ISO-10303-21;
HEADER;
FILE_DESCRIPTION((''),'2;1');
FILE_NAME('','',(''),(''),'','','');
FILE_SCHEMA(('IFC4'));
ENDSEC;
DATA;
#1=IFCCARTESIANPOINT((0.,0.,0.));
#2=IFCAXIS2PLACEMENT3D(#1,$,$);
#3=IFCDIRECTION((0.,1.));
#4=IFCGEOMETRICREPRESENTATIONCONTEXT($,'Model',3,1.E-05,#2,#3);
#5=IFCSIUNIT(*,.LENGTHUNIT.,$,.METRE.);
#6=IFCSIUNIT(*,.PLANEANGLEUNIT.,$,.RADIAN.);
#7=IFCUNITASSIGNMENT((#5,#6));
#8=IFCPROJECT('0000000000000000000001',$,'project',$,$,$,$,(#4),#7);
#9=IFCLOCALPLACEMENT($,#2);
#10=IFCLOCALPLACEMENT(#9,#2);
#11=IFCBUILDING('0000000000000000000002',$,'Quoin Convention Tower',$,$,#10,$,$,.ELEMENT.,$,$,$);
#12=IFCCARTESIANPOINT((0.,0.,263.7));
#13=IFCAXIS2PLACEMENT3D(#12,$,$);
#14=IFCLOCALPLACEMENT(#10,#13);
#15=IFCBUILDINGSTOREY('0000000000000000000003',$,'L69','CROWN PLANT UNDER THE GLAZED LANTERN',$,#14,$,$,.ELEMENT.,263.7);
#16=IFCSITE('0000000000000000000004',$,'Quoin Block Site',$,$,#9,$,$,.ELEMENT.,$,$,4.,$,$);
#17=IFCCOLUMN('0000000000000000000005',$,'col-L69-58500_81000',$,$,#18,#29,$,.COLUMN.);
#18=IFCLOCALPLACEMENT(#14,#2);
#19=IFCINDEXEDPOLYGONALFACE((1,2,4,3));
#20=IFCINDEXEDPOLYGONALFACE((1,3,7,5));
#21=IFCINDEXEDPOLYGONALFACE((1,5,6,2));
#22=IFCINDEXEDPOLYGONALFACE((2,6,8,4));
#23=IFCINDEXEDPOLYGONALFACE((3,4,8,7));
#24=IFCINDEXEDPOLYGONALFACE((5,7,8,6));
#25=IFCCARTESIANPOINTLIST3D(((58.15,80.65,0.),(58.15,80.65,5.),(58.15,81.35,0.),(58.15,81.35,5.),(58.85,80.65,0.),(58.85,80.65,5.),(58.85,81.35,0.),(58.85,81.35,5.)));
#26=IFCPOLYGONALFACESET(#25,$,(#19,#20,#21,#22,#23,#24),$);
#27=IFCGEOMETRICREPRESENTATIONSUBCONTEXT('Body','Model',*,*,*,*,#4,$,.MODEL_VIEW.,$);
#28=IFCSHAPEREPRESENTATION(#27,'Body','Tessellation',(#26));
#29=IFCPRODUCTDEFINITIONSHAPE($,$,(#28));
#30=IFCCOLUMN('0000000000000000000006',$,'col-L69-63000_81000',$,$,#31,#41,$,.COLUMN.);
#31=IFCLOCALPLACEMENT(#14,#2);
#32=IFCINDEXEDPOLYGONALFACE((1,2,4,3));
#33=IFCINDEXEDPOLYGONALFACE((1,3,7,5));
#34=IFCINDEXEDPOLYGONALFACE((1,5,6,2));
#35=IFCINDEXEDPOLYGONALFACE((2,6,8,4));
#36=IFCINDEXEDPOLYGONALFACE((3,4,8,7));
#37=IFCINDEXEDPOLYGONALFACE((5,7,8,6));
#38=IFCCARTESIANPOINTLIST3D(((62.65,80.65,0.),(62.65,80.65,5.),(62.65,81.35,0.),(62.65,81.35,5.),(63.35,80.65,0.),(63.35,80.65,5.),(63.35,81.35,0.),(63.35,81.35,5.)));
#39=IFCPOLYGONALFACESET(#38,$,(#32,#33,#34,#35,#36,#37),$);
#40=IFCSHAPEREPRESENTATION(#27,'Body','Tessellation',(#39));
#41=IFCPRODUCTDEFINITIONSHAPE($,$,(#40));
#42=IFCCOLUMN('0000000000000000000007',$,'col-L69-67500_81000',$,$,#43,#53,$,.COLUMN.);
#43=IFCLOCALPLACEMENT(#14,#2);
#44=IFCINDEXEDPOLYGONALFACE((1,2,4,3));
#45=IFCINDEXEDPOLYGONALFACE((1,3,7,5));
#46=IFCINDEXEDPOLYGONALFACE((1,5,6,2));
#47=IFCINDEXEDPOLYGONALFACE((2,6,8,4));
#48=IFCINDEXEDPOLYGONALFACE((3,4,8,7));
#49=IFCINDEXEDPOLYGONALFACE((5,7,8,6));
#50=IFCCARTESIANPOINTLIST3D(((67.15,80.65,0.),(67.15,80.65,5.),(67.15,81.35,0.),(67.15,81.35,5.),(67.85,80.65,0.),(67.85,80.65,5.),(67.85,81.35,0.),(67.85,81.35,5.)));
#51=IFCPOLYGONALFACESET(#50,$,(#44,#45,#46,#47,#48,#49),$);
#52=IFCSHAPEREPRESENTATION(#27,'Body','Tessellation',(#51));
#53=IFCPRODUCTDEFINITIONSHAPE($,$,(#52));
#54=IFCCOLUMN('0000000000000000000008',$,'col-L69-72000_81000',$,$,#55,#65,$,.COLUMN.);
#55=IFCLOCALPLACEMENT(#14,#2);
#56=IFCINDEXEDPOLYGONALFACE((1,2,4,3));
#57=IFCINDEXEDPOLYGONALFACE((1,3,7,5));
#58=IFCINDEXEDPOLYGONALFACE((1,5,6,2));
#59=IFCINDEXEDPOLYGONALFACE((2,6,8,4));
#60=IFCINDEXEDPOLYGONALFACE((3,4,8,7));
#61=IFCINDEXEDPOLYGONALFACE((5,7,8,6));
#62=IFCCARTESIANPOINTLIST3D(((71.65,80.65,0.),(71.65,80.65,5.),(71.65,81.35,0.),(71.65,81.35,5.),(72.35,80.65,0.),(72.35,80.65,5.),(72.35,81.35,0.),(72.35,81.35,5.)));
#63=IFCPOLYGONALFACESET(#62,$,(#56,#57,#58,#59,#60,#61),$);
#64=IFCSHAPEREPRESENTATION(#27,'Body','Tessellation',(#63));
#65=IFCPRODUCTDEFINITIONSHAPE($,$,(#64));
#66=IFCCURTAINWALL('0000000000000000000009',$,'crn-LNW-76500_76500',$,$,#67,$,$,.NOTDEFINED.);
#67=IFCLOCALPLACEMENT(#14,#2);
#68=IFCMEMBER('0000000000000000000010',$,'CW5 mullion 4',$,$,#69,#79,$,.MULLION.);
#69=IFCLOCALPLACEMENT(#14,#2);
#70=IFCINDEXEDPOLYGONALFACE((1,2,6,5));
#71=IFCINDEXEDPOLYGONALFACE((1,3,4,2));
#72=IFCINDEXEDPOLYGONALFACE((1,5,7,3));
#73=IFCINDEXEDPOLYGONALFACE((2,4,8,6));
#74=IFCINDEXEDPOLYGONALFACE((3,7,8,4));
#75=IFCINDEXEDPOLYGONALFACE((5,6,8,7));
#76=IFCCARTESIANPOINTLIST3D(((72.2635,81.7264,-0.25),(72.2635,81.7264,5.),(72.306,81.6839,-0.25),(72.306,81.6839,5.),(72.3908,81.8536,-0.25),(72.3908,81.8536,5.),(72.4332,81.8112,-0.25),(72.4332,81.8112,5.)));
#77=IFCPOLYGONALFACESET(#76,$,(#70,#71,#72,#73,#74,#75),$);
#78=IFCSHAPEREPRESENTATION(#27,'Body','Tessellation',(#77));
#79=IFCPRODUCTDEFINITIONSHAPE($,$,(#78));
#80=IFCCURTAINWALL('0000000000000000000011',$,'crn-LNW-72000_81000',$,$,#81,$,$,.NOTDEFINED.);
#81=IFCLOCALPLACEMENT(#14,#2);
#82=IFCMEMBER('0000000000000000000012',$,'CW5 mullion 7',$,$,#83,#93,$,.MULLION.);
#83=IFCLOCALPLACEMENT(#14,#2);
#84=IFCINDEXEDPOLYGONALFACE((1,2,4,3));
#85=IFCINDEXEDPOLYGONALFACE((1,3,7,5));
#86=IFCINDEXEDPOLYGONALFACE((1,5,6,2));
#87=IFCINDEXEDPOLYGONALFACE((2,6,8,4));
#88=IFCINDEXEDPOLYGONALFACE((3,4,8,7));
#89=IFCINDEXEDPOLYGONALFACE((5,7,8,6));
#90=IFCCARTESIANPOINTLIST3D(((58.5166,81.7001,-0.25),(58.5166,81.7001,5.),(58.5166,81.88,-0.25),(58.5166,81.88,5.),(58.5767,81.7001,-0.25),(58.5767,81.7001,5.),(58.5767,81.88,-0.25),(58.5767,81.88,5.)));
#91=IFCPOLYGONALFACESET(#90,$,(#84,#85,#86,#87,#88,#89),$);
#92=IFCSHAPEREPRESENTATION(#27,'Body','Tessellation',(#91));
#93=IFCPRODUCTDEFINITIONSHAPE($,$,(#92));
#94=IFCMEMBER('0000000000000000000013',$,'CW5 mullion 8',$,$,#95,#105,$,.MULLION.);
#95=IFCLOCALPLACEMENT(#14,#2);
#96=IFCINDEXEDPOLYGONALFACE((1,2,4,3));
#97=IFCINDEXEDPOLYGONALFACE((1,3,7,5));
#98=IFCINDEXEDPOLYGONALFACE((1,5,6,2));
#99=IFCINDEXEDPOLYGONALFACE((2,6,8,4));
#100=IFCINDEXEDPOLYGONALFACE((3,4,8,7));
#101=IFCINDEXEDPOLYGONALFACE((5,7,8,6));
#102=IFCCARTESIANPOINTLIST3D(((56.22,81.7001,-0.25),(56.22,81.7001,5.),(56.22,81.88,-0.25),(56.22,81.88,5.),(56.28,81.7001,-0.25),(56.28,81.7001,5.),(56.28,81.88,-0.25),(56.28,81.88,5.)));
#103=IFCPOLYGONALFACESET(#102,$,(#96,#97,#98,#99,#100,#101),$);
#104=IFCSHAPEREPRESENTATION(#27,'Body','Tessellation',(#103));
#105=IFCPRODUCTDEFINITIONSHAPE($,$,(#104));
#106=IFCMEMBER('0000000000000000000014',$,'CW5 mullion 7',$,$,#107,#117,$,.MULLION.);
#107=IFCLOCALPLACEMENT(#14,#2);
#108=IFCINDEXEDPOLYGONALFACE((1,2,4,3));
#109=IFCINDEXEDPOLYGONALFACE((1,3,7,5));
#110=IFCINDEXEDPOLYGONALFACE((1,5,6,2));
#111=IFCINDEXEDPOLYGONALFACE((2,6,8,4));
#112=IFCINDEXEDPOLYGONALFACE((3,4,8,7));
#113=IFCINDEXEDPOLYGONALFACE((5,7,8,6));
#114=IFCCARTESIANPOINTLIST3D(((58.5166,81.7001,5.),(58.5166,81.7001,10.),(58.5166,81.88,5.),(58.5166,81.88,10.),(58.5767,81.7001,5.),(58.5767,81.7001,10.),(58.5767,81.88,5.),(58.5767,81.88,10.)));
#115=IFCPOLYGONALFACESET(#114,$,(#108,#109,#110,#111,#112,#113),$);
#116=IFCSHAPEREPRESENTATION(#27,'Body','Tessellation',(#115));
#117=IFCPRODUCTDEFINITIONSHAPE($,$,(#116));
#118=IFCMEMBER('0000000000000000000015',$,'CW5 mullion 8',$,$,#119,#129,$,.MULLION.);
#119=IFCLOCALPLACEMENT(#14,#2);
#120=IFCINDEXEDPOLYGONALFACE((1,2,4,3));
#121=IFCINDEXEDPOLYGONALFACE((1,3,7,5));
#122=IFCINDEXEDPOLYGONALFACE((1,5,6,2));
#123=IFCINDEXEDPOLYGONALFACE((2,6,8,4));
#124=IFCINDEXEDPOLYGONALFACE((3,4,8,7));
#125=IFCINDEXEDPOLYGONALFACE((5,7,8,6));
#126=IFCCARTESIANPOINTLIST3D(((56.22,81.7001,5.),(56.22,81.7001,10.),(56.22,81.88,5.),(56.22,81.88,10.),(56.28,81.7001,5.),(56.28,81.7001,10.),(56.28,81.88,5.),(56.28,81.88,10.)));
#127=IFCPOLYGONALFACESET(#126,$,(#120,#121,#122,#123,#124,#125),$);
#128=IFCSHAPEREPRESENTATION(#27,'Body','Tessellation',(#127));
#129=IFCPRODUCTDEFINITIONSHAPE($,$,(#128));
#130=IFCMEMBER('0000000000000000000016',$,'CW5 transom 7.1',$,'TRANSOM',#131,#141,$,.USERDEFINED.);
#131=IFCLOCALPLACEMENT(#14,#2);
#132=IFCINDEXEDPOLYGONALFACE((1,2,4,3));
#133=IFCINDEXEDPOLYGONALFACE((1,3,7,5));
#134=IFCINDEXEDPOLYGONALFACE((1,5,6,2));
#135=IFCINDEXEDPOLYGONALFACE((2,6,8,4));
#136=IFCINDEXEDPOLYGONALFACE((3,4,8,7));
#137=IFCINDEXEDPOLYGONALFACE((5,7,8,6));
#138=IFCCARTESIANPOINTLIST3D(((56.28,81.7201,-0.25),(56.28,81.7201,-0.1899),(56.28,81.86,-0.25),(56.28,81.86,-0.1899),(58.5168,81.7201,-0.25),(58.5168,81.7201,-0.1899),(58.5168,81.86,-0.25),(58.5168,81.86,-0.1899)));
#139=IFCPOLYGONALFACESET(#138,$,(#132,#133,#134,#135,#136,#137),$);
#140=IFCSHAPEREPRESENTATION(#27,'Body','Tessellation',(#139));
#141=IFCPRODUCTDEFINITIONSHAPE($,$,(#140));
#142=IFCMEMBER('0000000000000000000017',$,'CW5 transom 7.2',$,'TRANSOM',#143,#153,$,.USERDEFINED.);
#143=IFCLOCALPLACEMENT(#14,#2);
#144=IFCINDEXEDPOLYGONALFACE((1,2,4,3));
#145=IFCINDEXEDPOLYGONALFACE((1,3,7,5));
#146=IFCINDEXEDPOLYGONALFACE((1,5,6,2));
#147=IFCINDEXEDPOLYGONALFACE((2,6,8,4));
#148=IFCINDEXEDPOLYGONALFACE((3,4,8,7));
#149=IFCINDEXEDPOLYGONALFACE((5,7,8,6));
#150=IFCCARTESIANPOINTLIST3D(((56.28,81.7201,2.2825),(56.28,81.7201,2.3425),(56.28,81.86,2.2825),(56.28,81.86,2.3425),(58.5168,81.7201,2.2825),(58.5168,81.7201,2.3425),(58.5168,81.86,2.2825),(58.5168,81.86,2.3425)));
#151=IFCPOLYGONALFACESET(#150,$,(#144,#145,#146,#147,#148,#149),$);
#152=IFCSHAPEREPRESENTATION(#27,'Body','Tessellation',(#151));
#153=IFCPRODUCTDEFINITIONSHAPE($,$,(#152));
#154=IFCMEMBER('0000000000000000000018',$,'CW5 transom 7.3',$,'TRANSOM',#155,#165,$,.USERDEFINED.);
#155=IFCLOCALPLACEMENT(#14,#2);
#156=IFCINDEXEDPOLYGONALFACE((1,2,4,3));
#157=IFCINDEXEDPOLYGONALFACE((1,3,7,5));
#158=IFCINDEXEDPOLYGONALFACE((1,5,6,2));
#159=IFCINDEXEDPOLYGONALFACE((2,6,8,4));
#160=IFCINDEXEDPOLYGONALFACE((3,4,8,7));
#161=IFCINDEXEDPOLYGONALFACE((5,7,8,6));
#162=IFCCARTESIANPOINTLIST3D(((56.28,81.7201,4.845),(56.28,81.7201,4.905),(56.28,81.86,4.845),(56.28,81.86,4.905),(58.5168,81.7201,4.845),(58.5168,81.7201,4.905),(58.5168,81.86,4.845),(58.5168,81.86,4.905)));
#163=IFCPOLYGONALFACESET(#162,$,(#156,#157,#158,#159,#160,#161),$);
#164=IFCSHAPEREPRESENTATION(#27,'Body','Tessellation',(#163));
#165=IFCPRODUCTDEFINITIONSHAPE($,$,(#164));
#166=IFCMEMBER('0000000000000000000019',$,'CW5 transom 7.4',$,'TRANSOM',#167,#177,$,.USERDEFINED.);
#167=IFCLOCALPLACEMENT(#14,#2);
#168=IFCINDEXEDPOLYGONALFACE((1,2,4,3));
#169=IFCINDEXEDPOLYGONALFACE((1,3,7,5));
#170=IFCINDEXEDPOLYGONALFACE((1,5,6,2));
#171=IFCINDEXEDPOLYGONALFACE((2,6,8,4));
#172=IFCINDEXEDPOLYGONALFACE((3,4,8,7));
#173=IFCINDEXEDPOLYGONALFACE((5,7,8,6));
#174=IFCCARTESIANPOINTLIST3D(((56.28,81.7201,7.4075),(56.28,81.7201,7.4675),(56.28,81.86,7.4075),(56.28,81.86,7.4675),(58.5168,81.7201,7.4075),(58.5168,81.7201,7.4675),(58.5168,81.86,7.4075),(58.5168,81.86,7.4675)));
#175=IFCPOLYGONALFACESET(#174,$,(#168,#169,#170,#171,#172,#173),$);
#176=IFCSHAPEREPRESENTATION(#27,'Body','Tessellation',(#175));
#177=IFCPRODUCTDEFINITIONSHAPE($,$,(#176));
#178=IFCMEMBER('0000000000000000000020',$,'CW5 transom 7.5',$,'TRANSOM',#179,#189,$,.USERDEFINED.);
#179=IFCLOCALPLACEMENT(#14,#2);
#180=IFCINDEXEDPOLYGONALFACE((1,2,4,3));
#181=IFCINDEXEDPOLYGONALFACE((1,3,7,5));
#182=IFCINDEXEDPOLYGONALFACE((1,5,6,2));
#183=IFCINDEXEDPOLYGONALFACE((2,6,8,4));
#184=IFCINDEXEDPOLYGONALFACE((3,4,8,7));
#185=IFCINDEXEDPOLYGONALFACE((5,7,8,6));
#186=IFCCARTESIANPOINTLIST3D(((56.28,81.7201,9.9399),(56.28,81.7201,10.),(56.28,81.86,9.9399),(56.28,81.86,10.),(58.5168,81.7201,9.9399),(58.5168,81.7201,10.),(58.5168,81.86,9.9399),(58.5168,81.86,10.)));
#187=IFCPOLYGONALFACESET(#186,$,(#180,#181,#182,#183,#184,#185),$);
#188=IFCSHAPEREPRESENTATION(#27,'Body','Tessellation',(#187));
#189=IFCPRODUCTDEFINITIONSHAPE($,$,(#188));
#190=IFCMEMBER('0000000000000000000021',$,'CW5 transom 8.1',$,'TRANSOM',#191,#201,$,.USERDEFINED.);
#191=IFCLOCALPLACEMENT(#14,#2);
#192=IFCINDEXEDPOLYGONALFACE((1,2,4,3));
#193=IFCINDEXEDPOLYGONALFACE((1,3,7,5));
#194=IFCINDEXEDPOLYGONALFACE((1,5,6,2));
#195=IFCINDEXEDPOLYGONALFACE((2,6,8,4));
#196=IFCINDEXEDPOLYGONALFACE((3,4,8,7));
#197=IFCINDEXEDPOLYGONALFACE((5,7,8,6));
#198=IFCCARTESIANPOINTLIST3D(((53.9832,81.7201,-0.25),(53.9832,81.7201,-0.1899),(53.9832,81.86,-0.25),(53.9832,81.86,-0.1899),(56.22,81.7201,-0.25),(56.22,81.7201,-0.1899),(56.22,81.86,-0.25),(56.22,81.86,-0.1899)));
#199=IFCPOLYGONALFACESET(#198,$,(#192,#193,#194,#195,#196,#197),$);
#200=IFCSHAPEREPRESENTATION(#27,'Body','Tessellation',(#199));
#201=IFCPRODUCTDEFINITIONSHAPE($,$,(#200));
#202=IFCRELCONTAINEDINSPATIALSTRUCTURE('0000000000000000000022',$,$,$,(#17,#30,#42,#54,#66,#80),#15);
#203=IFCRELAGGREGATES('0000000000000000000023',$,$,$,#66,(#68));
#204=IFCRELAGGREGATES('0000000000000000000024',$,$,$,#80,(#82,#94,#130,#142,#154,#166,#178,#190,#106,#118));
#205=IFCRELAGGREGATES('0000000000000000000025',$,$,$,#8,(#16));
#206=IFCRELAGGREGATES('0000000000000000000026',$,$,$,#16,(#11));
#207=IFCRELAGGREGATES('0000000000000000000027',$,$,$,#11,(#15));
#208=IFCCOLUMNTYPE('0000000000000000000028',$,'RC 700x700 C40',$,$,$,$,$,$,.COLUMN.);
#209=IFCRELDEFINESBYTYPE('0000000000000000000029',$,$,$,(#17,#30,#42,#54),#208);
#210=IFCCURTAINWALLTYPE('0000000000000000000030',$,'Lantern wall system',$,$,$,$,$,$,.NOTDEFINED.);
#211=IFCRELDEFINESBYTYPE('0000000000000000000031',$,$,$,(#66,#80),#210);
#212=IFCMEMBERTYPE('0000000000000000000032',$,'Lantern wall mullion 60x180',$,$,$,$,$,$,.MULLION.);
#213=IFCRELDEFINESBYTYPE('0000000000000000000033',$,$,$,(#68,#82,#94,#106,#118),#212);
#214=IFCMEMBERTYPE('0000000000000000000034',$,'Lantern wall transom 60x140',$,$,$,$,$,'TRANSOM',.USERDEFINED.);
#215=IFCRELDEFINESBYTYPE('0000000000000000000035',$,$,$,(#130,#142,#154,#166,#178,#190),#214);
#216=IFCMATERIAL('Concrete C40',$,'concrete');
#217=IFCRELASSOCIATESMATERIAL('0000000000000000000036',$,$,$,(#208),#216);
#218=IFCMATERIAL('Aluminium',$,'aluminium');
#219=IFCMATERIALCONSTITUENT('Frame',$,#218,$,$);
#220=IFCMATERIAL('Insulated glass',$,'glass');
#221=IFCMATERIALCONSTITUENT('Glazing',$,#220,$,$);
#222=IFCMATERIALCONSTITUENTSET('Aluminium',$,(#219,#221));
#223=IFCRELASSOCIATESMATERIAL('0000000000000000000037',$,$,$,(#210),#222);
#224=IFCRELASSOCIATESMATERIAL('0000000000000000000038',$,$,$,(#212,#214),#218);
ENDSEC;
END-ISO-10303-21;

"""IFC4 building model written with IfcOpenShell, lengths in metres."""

from ifc_helpers import new_model, si_unit, direction, frame, origin, origin_2d, place, context, subcontext, project, spatial, rectangle, extrude, material, constituent, constituent_set, material_profile, profile_set, type_object, element, aggregate, save


model = new_model("IFC4")

# Units and contexts
model_context = context("Model", 3, precision=1e-05, world=origin(), true_north=direction((0.0, 1.0)))
body_context = subcontext(model_context, "Body", "Model", "MODEL_VIEW")
ifc_project = project(units=[si_unit("LENGTHUNIT", "METRE"), si_unit("PLANEANGLEUNIT", "RADIAN")], contexts=[model_context])

# Site, building, storey
site_placement = place(None, origin())
site = spatial("IfcSite", under=ifc_project, at=site_placement, Name="Quoin Block Site", CompositionType="ELEMENT", RefElevation=4.0)
building_placement = place(site_placement, origin())
building = spatial("IfcBuilding", under=site, at=building_placement, Name="Quoin Convention Tower", CompositionType="ELEMENT")
storey_placement = place(building_placement, frame((0.0, 0.0, 263.7)))
storey = spatial("IfcBuildingStorey", under=building, at=storey_placement, Name="L69", Description="CROWN PLANT UNDER THE GLAZED LANTERN", CompositionType="ELEMENT", Elevation=263.7)

# Columns
ifc_material_1 = material(Name="Concrete C40", Category="concrete")
ifc_material_profile_1 = material_profile(ifc_material_1, rectangle(XDim=0.7, YDim=0.7, at=origin_2d()), Name="RC 700x700")
ifc_profile_set_1 = profile_set([ifc_material_profile_1], Name="Concrete C40")
column_type = type_object("IfcColumnType", Name="RC 700x700 C40", PredefinedType="COLUMN", material=ifc_profile_set_1)
for number, where, z_axis, x_axis, name in (
    (1, (58.5, 81.0, 0.0), (0.0, 0.0, 1.0), (1.0, 0.0, 0.0), "col-L69-58500_81000"),
    (2, (63.0, 81.0, 0.0), (0.0, 0.0, 1.0), (1.0, 0.0, 0.0), "col-L69-63000_81000"),
    (3, (67.5, 81.0, 0.0), (0.0, 0.0, 1.0), (1.0, 0.0, 0.0), "col-L69-67500_81000"),
    (4, (72.0, 81.0, 0.0), (0.0, 0.0, 1.0), (1.0, 0.0, 0.0), "col-L69-72000_81000"),
):
    element("IfcColumn", number, at=place(storey_placement, frame(where, z_axis=z_axis, x_axis=x_axis)), inside=storey, type_object=column_type, Name=name, PredefinedType="COLUMN", context=body_context, shape_type="SweptSolid", body=[
        extrude(rectangle(XDim=0.7, YDim=0.7, at=origin_2d()), origin(), (0.0, 0.0, 1.0), 5.0),
    ])

# Curtain wall, member
ifc_material_2 = material(Name="Aluminium", Category="aluminium")
ifc_constituent_1 = constituent(ifc_material_2, Name="Frame")
ifc_material_3 = material(Name="Insulated glass", Category="glass")
ifc_constituent_2 = constituent(ifc_material_3, Name="Glazing")
ifc_constituent_set = constituent_set(constituents=[ifc_constituent_1, ifc_constituent_2], Name="Aluminium")
curtain_wall_type = type_object("IfcCurtainWallType", Name="Lantern wall system", PredefinedType="NOTDEFINED", material=ifc_constituent_set)
curtain_wall_1_placement = place(storey_placement, origin())
curtain_wall_1 = element("IfcCurtainWall", 5, at=curtain_wall_1_placement, inside=storey, type_object=curtain_wall_type, Name="crn-LNW-76500_76500", PredefinedType="NOTDEFINED")
ifc_material_profile_2 = material_profile(ifc_material_2, rectangle(XDim=0.1799, YDim=0.0601, at=origin_2d()), Name="Lantern wall mullion 60x180")
ifc_profile_set_2 = profile_set([ifc_material_profile_2], Name="Aluminium")
member_type_1 = type_object("IfcMemberType", Name="Lantern wall mullion 60x180", PredefinedType="MULLION", material=ifc_profile_set_2)
member_1_placement = place(storey_placement, frame((72.3484, 81.7688, -0.25), z_axis=(0.0, 0.0, 1.0), x_axis=(-0.707107, -0.707107, 0.0)))
member_1 = element("IfcMember", 6, at=member_1_placement, type_object=member_type_1, Name="CW5 mullion 4", PredefinedType="MULLION", context=body_context, shape_type="SweptSolid", body=[
    extrude(rectangle(XDim=0.1799, YDim=0.0601, at=origin_2d()), origin(), (0.0, 0.0, 1.0), 5.25),
])
aggregate(curtain_wall_1, [member_1])

# Curtain wall, members
curtain_wall_2_placement = place(storey_placement, origin())
curtain_wall_2 = element("IfcCurtainWall", 7, at=curtain_wall_2_placement, inside=storey, type_object=curtain_wall_type, Name="crn-LNW-72000_81000", PredefinedType="NOTDEFINED")
member_2_placement = place(storey_placement, frame((58.5466, 81.79, -0.25), z_axis=(0.0, 0.0, 1.0), x_axis=(0.0, -1.0, 0.0)))
member_2 = element("IfcMember", 8, at=member_2_placement, type_object=member_type_1, Name="CW5 mullion 7", PredefinedType="MULLION", context=body_context, shape_type="SweptSolid", body=[
    extrude(rectangle(XDim=0.1799, YDim=0.0601, at=origin_2d()), origin(), (0.0, 0.0, 1.0), 5.25),
])
member_3_placement = place(storey_placement, frame((56.25, 81.79, -0.25), z_axis=(0.0, 0.0, 1.0), x_axis=(0.0, -1.0, 0.0)))
member_3 = element("IfcMember", 9, at=member_3_placement, type_object=member_type_1, Name="CW5 mullion 8", PredefinedType="MULLION", context=body_context, shape_type="SweptSolid", body=[
    extrude(rectangle(XDim=0.1799, YDim=0.0601, at=origin_2d()), origin(), (0.0, 0.0, 1.0), 5.25),
])
member_4_placement = place(storey_placement, frame((58.5466, 81.79, 5.0), z_axis=(0.0, 0.0, 1.0), x_axis=(0.0, -1.0, 0.0)))
member_4 = element("IfcMember", 10, at=member_4_placement, type_object=member_type_1, Name="CW5 mullion 7", PredefinedType="MULLION", context=body_context, shape_type="SweptSolid", body=[
    extrude(rectangle(XDim=0.1799, YDim=0.0601, at=origin_2d()), origin(), (0.0, 0.0, 1.0), 5.0),
])
member_5_placement = place(storey_placement, frame((56.25, 81.79, 5.0), z_axis=(0.0, 0.0, 1.0), x_axis=(0.0, -1.0, 0.0)))
member_5 = element("IfcMember", 11, at=member_5_placement, type_object=member_type_1, Name="CW5 mullion 8", PredefinedType="MULLION", context=body_context, shape_type="SweptSolid", body=[
    extrude(rectangle(XDim=0.1799, YDim=0.0601, at=origin_2d()), origin(), (0.0, 0.0, 1.0), 5.0),
])
ifc_material_profile_3 = material_profile(ifc_material_2, rectangle(XDim=0.1399, YDim=0.0601, at=origin_2d()), Name="Lantern wall transom 60x140")
ifc_profile_set_3 = profile_set([ifc_material_profile_3], Name="Aluminium")
member_type_2 = type_object("IfcMemberType", Name="Lantern wall transom 60x140", ElementType="TRANSOM", PredefinedType="USERDEFINED", material=ifc_profile_set_3)
member_6_placement = place(storey_placement, frame((58.5168, 81.79, -0.22), z_axis=(-1.0, 0.0, 0.0), x_axis=(0.0, -1.0, 0.0)))
member_6 = element("IfcMember", 12, at=member_6_placement, type_object=member_type_2, Name="CW5 transom 7.1", ObjectType="TRANSOM", PredefinedType="USERDEFINED", context=body_context, shape_type="SweptSolid", body=[
    extrude(rectangle(XDim=0.1399, YDim=0.0601, at=origin_2d()), origin(), (0.0, 0.0, 1.0), 2.2368),
])
member_7_placement = place(storey_placement, frame((58.5168, 81.79, 2.3125), z_axis=(-1.0, 0.0, 0.0), x_axis=(0.0, -1.0, 0.0)))
member_7 = element("IfcMember", 13, at=member_7_placement, type_object=member_type_2, Name="CW5 transom 7.2", ObjectType="TRANSOM", PredefinedType="USERDEFINED", context=body_context, shape_type="SweptSolid", body=[
    extrude(rectangle(XDim=0.1399, YDim=0.0601, at=origin_2d()), origin(), (0.0, 0.0, 1.0), 2.2368),
])
member_8_placement = place(storey_placement, frame((58.5168, 81.79, 4.875), z_axis=(-1.0, 0.0, 0.0), x_axis=(0.0, -1.0, 0.0)))
member_8 = element("IfcMember", 14, at=member_8_placement, type_object=member_type_2, Name="CW5 transom 7.3", ObjectType="TRANSOM", PredefinedType="USERDEFINED", context=body_context, shape_type="SweptSolid", body=[
    extrude(rectangle(XDim=0.1399, YDim=0.0601, at=origin_2d()), origin(), (0.0, 0.0, 1.0), 2.2368),
])
member_9_placement = place(storey_placement, frame((58.5168, 81.79, 7.4375), z_axis=(-1.0, 0.0, 0.0), x_axis=(0.0, -1.0, 0.0)))
member_9 = element("IfcMember", 15, at=member_9_placement, type_object=member_type_2, Name="CW5 transom 7.4", ObjectType="TRANSOM", PredefinedType="USERDEFINED", context=body_context, shape_type="SweptSolid", body=[
    extrude(rectangle(XDim=0.1399, YDim=0.0601, at=origin_2d()), origin(), (0.0, 0.0, 1.0), 2.2368),
])
member_10_placement = place(storey_placement, frame((58.5168, 81.79, 9.97), z_axis=(-1.0, 0.0, 0.0), x_axis=(0.0, -1.0, 0.0)))
member_10 = element("IfcMember", 16, at=member_10_placement, type_object=member_type_2, Name="CW5 transom 7.5", ObjectType="TRANSOM", PredefinedType="USERDEFINED", context=body_context, shape_type="SweptSolid", body=[
    extrude(rectangle(XDim=0.1399, YDim=0.0601, at=origin_2d()), origin(), (0.0, 0.0, 1.0), 2.2368),
])
member_11_placement = place(storey_placement, frame((56.22, 81.79, -0.22), z_axis=(-1.0, 0.0, 0.0), x_axis=(0.0, -1.0, 0.0)))
member_11 = element("IfcMember", 17, at=member_11_placement, type_object=member_type_2, Name="CW5 transom 8.1", ObjectType="TRANSOM", PredefinedType="USERDEFINED", context=body_context, shape_type="SweptSolid", body=[
    extrude(rectangle(XDim=0.1399, YDim=0.0601, at=origin_2d()), origin(), (0.0, 0.0, 1.0), 2.2368),
])

aggregate(curtain_wall_2, [member_2, member_3, member_6, member_7, member_8, member_9, member_10, member_11, member_4, member_5])

save(model, "model.ifc")
